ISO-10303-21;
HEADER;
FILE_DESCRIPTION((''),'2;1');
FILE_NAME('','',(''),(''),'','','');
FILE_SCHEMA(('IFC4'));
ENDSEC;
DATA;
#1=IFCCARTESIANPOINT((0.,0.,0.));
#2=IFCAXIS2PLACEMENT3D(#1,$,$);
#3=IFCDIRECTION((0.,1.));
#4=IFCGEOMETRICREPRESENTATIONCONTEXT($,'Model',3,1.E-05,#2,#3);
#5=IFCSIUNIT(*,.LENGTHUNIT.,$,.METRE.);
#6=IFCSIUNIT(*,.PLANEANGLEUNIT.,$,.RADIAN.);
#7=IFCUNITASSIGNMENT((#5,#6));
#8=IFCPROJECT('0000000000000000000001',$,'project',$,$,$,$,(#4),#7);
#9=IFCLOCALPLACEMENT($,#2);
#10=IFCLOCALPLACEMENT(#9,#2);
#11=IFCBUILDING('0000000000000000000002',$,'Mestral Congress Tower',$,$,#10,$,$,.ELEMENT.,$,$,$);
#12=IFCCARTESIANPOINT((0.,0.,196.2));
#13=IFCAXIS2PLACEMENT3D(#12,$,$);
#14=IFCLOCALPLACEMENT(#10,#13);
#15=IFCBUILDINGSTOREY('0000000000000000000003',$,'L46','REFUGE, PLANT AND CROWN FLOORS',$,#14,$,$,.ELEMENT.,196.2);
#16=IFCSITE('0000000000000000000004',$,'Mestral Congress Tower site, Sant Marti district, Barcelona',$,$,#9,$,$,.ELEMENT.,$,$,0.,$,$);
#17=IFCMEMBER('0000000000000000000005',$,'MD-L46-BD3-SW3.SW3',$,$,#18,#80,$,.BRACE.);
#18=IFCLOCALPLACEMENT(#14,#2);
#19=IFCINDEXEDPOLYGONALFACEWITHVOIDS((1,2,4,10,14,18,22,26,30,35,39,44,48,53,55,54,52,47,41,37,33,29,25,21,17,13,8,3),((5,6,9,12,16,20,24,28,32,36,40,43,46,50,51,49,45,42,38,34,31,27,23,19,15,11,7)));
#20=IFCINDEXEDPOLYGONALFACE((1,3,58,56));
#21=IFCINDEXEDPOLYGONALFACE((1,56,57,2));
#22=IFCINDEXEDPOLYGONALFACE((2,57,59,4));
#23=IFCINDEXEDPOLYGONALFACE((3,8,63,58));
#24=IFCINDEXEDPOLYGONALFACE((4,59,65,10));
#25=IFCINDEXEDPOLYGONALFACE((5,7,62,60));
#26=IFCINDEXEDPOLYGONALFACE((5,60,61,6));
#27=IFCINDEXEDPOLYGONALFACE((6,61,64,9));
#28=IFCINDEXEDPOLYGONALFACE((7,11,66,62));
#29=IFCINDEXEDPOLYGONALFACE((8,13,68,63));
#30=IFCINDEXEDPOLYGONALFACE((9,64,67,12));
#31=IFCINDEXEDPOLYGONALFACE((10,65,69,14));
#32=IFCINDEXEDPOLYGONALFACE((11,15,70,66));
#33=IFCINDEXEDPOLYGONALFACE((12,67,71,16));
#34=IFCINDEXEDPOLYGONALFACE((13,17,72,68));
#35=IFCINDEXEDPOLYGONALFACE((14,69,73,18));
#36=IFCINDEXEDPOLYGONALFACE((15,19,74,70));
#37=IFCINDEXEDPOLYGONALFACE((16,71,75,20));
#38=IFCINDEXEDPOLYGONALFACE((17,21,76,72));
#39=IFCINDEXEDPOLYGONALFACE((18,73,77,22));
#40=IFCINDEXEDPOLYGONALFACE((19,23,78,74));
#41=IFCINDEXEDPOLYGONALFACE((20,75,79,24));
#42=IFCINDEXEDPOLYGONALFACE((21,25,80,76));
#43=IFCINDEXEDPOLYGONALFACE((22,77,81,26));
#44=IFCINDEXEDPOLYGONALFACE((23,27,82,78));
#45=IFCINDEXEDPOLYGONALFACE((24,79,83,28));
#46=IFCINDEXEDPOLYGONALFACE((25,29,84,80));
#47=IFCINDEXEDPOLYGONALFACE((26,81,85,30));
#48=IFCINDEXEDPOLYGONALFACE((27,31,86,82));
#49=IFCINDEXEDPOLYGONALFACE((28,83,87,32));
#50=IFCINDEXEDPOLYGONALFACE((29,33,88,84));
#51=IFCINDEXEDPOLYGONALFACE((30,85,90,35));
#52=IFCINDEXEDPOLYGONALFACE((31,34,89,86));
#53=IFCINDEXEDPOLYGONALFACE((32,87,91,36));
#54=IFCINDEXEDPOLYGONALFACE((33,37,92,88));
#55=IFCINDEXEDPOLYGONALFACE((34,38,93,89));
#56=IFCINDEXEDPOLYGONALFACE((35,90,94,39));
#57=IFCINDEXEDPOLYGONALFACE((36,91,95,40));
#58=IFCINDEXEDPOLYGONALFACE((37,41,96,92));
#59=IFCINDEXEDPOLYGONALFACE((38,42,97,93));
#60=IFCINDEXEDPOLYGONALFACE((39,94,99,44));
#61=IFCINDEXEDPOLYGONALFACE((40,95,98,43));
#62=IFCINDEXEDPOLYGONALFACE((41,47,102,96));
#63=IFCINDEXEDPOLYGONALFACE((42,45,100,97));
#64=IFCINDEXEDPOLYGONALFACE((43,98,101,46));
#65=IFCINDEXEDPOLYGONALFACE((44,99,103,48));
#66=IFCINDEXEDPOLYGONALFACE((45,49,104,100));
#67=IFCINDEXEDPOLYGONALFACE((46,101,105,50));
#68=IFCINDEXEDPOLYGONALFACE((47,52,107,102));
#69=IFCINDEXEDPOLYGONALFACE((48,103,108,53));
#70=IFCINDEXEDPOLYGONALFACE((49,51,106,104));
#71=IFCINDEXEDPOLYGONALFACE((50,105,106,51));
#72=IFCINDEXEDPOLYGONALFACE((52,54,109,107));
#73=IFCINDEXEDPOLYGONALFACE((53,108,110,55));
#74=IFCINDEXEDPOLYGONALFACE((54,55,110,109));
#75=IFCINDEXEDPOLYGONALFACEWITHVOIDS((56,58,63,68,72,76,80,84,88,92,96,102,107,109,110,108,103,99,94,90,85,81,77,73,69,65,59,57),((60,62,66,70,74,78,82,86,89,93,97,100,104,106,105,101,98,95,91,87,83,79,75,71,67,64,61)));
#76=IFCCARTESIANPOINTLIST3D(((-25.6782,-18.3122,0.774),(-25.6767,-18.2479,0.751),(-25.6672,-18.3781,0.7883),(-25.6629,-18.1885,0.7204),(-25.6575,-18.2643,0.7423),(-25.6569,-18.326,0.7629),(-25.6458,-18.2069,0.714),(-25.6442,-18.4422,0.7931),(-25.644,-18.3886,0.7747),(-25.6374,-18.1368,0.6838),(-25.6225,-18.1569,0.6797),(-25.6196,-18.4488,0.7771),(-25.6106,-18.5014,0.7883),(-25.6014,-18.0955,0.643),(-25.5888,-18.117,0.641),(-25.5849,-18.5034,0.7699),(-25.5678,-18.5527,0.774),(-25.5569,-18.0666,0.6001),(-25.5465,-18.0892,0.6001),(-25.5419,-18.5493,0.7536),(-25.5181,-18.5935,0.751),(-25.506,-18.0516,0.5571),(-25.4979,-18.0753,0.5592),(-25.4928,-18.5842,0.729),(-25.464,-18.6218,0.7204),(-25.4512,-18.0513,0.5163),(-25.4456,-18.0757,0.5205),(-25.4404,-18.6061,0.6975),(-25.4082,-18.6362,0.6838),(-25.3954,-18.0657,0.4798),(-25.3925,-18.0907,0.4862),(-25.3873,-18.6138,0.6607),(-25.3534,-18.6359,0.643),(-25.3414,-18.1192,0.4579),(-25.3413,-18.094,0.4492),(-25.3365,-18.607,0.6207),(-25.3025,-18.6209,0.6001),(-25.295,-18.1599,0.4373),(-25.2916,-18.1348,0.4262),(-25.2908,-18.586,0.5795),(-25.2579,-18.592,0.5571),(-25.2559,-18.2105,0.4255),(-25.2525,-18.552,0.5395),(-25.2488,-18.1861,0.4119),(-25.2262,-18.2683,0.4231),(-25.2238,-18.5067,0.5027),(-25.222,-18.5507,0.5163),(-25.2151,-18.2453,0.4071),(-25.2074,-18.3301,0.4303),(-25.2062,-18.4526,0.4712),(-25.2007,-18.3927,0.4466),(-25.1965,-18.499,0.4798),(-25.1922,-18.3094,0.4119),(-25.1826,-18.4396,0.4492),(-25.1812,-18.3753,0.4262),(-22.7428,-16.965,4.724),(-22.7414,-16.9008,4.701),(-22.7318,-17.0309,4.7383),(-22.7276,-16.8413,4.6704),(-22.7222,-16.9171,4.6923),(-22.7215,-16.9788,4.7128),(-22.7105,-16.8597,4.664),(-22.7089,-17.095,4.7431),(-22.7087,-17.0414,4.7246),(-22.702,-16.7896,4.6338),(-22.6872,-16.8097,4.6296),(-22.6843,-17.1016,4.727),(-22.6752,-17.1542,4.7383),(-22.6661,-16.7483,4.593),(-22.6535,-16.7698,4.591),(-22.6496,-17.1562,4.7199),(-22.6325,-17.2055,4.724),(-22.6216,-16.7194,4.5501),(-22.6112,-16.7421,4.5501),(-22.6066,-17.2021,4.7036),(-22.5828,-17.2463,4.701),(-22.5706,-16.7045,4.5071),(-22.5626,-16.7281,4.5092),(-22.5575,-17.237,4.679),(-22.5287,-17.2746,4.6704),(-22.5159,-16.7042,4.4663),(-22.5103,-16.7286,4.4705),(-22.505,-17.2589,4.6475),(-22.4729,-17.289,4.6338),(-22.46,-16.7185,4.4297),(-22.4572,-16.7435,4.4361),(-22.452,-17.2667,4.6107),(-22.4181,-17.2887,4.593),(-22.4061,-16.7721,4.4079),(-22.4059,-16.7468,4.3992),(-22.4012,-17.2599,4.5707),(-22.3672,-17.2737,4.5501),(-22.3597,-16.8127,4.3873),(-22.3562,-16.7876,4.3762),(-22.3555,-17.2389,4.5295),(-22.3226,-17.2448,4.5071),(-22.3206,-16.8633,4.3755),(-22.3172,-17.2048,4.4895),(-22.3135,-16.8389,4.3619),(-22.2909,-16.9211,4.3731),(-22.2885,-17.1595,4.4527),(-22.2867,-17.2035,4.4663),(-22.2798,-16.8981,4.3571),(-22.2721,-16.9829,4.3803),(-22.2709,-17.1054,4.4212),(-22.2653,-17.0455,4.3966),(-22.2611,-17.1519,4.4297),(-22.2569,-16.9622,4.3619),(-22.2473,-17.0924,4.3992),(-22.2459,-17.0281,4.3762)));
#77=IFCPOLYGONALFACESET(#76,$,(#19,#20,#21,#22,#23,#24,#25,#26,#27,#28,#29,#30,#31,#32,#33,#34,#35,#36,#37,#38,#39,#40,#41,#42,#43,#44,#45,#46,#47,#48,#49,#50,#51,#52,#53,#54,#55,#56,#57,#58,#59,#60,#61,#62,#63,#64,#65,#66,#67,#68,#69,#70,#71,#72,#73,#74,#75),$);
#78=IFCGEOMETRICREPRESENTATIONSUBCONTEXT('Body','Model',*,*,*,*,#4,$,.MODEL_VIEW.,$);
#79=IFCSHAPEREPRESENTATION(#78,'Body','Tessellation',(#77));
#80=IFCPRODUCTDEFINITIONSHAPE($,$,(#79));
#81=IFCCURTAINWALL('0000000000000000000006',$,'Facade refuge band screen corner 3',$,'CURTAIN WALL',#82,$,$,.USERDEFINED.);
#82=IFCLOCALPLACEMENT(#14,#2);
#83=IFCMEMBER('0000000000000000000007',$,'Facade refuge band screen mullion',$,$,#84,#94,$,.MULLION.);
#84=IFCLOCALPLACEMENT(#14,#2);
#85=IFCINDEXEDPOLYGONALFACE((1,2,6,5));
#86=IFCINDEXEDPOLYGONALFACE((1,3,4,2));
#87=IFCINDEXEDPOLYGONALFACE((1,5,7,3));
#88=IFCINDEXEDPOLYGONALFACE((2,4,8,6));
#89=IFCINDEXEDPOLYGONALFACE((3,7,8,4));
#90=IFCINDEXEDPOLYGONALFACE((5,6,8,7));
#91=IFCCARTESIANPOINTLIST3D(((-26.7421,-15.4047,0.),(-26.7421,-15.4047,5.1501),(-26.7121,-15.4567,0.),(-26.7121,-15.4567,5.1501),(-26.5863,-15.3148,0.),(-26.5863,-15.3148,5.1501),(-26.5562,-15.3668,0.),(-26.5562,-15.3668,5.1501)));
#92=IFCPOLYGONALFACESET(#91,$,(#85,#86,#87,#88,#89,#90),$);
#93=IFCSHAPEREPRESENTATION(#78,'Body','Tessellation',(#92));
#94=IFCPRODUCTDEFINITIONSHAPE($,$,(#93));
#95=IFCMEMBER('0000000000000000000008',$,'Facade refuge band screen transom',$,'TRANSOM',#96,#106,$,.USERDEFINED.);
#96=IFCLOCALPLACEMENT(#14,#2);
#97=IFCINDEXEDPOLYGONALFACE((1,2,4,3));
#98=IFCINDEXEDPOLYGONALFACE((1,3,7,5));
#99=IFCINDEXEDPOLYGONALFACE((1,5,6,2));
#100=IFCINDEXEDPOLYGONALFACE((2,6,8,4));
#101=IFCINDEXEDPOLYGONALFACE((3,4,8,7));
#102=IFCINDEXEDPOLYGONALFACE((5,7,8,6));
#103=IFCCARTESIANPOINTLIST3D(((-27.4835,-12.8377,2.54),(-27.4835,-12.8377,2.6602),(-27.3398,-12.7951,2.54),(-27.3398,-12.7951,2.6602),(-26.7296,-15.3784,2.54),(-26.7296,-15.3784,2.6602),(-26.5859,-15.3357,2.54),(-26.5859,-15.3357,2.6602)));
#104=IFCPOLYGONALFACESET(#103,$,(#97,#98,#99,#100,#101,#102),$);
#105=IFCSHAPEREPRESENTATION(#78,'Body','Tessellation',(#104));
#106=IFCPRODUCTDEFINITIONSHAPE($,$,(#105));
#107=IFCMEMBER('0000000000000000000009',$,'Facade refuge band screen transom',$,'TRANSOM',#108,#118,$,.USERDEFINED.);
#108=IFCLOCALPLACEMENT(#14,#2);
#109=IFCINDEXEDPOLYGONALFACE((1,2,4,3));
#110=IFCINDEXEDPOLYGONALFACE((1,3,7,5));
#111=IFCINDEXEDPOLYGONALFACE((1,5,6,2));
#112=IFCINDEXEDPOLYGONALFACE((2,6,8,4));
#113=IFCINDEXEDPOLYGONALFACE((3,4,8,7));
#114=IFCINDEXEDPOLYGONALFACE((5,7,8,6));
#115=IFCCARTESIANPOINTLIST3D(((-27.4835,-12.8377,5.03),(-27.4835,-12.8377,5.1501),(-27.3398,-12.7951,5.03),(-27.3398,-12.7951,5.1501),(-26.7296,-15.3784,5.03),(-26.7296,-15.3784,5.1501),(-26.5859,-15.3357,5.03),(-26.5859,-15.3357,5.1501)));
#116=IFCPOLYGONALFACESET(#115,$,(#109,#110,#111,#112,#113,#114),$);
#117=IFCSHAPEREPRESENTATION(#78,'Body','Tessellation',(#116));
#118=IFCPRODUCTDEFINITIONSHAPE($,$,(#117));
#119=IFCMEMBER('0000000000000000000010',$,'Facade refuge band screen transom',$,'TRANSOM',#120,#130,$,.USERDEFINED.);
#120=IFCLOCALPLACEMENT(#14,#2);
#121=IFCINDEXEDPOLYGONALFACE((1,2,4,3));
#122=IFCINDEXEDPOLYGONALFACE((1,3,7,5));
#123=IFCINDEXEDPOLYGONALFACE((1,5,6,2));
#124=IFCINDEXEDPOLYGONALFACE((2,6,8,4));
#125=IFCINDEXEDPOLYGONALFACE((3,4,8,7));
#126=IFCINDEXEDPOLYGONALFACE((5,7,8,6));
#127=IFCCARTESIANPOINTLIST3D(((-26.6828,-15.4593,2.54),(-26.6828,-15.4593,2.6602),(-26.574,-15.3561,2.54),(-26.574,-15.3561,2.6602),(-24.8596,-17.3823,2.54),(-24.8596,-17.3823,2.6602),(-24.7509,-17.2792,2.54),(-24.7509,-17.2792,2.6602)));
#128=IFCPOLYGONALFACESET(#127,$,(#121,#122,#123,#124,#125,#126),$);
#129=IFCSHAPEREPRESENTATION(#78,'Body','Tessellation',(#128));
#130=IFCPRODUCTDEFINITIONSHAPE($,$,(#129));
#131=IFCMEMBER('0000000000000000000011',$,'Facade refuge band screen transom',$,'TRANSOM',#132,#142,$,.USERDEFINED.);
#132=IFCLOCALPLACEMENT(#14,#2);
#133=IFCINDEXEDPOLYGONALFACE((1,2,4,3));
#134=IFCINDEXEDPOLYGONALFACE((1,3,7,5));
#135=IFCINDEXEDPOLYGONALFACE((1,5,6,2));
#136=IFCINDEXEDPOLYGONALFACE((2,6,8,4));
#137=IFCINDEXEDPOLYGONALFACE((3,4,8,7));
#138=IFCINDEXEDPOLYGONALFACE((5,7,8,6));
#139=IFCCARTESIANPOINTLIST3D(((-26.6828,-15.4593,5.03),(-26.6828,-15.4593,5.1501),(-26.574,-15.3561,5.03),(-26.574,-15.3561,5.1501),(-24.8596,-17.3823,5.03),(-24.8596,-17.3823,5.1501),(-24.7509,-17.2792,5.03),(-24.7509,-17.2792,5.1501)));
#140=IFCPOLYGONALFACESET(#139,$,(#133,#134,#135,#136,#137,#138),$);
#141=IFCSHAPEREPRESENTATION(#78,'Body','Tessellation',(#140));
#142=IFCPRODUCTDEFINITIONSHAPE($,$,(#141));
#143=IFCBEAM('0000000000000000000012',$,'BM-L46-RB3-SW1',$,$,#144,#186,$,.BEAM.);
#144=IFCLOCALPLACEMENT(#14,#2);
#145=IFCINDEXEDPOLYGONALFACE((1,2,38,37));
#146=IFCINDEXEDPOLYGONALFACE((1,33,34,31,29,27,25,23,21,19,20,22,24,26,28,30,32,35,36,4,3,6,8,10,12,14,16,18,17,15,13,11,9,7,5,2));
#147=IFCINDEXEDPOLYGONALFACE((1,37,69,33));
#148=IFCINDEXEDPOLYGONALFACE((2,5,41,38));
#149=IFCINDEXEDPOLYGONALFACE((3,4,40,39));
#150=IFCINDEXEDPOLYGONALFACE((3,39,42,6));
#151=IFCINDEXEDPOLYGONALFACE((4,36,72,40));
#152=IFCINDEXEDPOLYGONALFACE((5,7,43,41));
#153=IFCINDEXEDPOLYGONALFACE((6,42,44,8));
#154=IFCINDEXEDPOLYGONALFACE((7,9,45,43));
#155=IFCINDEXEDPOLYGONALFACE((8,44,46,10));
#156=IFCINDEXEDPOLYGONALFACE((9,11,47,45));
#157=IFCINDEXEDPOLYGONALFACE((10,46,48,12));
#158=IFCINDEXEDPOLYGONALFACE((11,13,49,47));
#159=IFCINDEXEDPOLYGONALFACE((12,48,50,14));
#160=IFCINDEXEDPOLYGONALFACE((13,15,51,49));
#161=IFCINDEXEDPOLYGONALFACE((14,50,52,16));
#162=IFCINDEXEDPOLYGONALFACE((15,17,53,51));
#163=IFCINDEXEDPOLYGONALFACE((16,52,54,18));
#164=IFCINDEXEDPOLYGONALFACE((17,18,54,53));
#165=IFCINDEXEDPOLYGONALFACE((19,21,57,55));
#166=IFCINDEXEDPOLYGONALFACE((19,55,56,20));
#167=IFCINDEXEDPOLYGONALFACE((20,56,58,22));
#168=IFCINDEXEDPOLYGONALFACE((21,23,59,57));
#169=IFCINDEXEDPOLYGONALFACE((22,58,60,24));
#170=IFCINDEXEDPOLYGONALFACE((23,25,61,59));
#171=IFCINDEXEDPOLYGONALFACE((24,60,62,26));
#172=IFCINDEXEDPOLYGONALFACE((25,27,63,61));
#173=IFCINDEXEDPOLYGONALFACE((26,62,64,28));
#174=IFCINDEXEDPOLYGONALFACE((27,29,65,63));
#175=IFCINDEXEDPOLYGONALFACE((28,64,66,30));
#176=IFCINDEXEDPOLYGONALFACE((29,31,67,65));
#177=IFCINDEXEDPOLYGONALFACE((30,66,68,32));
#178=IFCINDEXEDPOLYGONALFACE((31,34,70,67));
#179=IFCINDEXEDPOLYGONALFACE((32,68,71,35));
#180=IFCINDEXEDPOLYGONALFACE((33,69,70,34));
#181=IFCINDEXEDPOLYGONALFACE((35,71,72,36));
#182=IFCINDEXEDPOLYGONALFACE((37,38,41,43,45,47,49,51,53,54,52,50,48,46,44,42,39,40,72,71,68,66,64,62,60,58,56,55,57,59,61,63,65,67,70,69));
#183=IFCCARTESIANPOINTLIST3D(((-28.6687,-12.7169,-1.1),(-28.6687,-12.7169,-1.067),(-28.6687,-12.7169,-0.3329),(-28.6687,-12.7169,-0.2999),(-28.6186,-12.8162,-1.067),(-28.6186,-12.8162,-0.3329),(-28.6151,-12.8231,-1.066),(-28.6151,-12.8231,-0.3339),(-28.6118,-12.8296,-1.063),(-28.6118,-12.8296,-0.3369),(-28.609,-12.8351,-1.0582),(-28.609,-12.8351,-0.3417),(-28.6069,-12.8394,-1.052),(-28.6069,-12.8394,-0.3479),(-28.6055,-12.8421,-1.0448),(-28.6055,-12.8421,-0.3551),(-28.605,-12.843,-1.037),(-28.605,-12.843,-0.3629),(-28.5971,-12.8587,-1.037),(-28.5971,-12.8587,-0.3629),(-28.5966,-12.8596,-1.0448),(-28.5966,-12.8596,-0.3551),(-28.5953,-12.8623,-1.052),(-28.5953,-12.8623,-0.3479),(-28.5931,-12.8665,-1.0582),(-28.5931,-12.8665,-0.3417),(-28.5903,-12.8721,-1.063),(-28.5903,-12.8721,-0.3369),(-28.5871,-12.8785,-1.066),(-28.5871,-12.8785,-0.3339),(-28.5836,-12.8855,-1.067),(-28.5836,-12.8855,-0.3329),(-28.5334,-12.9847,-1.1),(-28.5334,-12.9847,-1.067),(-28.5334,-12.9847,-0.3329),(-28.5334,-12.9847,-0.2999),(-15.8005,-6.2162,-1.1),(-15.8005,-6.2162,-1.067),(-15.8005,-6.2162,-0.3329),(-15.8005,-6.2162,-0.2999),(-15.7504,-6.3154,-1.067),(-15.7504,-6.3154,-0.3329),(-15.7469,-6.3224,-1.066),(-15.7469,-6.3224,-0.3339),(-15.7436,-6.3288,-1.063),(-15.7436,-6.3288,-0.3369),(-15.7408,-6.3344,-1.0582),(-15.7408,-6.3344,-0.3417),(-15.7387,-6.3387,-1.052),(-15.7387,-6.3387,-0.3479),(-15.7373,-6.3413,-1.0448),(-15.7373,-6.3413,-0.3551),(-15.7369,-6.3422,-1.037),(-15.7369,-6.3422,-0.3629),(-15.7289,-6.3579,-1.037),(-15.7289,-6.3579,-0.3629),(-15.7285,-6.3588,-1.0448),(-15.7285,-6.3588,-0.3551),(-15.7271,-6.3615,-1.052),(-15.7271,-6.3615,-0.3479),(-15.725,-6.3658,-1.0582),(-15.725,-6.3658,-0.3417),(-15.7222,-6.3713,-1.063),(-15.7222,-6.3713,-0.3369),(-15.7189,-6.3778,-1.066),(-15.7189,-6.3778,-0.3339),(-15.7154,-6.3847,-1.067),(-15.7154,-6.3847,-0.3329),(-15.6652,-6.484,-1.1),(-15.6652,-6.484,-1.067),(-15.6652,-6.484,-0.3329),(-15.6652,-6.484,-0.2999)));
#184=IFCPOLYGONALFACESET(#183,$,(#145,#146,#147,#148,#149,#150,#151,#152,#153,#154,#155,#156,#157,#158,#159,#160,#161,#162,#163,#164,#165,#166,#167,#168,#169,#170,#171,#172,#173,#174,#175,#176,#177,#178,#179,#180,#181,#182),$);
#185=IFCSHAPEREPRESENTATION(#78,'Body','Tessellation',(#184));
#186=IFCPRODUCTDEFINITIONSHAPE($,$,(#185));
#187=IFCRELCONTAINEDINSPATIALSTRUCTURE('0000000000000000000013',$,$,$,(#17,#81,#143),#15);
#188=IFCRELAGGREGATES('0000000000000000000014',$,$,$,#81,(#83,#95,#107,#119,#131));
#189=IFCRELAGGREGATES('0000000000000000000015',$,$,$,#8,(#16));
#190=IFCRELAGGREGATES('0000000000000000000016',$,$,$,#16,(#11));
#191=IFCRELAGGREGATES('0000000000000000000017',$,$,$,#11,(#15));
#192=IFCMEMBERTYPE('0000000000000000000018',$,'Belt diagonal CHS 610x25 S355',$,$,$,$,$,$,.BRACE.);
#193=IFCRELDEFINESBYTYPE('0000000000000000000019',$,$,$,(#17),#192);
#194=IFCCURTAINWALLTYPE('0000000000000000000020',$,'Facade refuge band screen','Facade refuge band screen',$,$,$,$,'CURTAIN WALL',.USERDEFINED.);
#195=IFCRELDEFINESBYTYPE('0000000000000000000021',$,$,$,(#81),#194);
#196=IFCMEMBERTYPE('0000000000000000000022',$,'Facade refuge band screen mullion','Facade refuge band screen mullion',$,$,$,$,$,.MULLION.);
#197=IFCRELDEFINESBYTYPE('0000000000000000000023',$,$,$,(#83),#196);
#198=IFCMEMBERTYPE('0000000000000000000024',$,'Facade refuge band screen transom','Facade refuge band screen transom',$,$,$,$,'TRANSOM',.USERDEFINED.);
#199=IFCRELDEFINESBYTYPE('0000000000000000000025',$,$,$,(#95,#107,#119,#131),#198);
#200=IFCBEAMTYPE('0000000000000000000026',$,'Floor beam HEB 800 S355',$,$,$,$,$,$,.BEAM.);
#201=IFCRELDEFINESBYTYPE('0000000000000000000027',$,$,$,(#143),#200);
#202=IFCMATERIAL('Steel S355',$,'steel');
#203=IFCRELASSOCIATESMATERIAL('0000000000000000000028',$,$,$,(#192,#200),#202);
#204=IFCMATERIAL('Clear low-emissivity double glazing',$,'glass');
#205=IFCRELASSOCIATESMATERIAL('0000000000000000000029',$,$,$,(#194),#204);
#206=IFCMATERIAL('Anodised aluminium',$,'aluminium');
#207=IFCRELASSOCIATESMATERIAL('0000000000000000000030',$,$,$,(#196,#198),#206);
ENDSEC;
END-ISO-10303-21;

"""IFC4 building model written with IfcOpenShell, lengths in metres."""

from ifc_helpers import new_model, si_unit, direction, frame, origin, origin_2d, place, context, subcontext, project, spatial, rectangle, hollow_circle, i_section, extrude, material, material_profile, profile_set, type_object, element, aggregate, save


model = new_model("IFC4")

# Units and contexts
model_context = context("Model", 3, precision=1e-05, world=origin(), true_north=direction((0.0, 1.0)))
body_context = subcontext(model_context, "Body", "Model", "MODEL_VIEW")
ifc_project = project(units=[si_unit("LENGTHUNIT", "METRE"), si_unit("PLANEANGLEUNIT", "RADIAN")], contexts=[model_context])

# Site, building, storey
site_placement = place(None, origin())
site = spatial("IfcSite", under=ifc_project, at=site_placement, Name="Mestral Congress Tower site, Sant Marti district, Barcelona", CompositionType="ELEMENT", RefElevation=0.0)
building_placement = place(site_placement, origin())
building = spatial("IfcBuilding", under=site, at=building_placement, Name="Mestral Congress Tower", CompositionType="ELEMENT")
storey_placement = place(building_placement, frame((0.0, 0.0, 196.2)))
storey = spatial("IfcBuildingStorey", under=building, at=storey_placement, Name="L46", Description="REFUGE, PLANT AND CROWN FLOORS", CompositionType="ELEMENT", Elevation=196.2)

# Member
ifc_material_1 = material(Name="Steel S355", Category="steel")
ifc_material_profile_1 = material_profile(ifc_material_1, hollow_circle(Radius=0.3049, WallThickness=0.0249, at=origin_2d()), Name="CHS 610x25")
ifc_profile_set_1 = profile_set([ifc_material_profile_1], Name="Steel S355")
member_type_1 = type_object("IfcMemberType", Name="Belt diagonal CHS 610x25 S355", PredefinedType="BRACE", material=ifc_profile_set_1)
member_1_placement = place(storey_placement, frame((-25.4297, -18.3438, 0.6001), z_axis=(0.575295, 0.264034, 0.774158), x_axis=(-0.417121, 0.908851, 0.0)))
element("IfcMember", 1, at=member_1_placement, inside=storey, type_object=member_type_1, Name="MD-L46-BD3-SW3.SW3", PredefinedType="BRACE", context=body_context, shape_type="SweptSolid", body=[
    extrude(hollow_circle(Radius=0.3049, WallThickness=0.0249, at=origin_2d()), origin(), (0.0, 0.0, 1.0), 5.1023),
])

# Curtain wall, members
ifc_material_2 = material(Name="Clear low-emissivity double glazing", Category="glass")
curtain_wall_type = type_object("IfcCurtainWallType", Name="Facade refuge band screen", Description="Facade refuge band screen", ElementType="CURTAIN WALL", PredefinedType="USERDEFINED", material=ifc_material_2)
curtain_wall_placement = place(storey_placement, origin())
curtain_wall = element("IfcCurtainWall", 2, at=curtain_wall_placement, inside=storey, type_object=curtain_wall_type, Name="Facade refuge band screen corner 3", ObjectType="CURTAIN WALL", PredefinedType="USERDEFINED")
ifc_material_3 = material(Name="Anodised aluminium", Category="aluminium")
ifc_material_profile_2 = material_profile(ifc_material_3, rectangle(XDim=0.1799, YDim=0.0601, at=origin_2d()), Name="CW3 mullion 180 x 60")
ifc_profile_set_2 = profile_set([ifc_material_profile_2], Name="Anodised aluminium")
member_type_2 = type_object("IfcMemberType", Name="Facade refuge band screen mullion", Description="Facade refuge band screen mullion", PredefinedType="MULLION", material=ifc_profile_set_2)
member_2_placement = place(storey_placement, frame((-26.6492, -15.3857, 0.0), z_axis=(0.0, 0.0, 1.0), x_axis=(-0.866025, -0.5, 0.0)))
member_2 = element("IfcMember", 3, at=member_2_placement, type_object=member_type_2, Name="Facade refuge band screen mullion", PredefinedType="MULLION", context=body_context, shape_type="SweptSolid", body=[
    extrude(rectangle(XDim=0.1799, YDim=0.0601, at=origin_2d()), origin(), (0.0, 0.0, 1.0), 5.1501),
])
ifc_material_profile_3 = material_profile(ifc_material_3, rectangle(XDim=0.1499, YDim=0.1201, at=origin_2d()), Name="CW3 transom 150 x 120")
ifc_profile_set_3 = profile_set([ifc_material_profile_3], Name="Anodised aluminium")
member_type_3 = type_object("IfcMemberType", Name="Facade refuge band screen transom", Description="Facade refuge band screen transom", ElementType="TRANSOM", PredefinedType="USERDEFINED", material=ifc_profile_set_3)
member_3_placement = place(storey_placement, frame((-27.4116, -12.8164, 2.6001), z_axis=(0.284465, -0.958687, 0.0), x_axis=(0.958687, 0.284465, 0.0)))
member_3 = element("IfcMember", 4, at=member_3_placement, type_object=member_type_3, Name="Facade refuge band screen transom", ObjectType="TRANSOM", PredefinedType="USERDEFINED", context=body_context, shape_type="SweptSolid", body=[
    extrude(rectangle(XDim=0.1499, YDim=0.1201, at=origin_2d()), origin(), (0.0, 0.0, 1.0), 2.6501),
])
member_4_placement = place(storey_placement, frame((-27.4116, -12.8164, 5.0901), z_axis=(0.284465, -0.958687, 0.0), x_axis=(0.958687, 0.284465, 0.0)))
member_4 = element("IfcMember", 5, at=member_4_placement, type_object=member_type_3, Name="Facade refuge band screen transom", ObjectType="TRANSOM", PredefinedType="USERDEFINED", context=body_context, shape_type="SweptSolid", body=[
    extrude(rectangle(XDim=0.1499, YDim=0.1201, at=origin_2d()), origin(), (0.0, 0.0, 1.0), 2.6501),
])
member_5_placement = place(storey_placement, frame((-26.6284, -15.4077, 2.6001), z_axis=(0.688015, -0.725696, 0.0), x_axis=(0.725696, 0.688015, 0.0)))
member_5 = element("IfcMember", 6, at=member_5_placement, type_object=member_type_3, Name="Facade refuge band screen transom", ObjectType="TRANSOM", PredefinedType="USERDEFINED", context=body_context, shape_type="SweptSolid", body=[
    extrude(rectangle(XDim=0.1499, YDim=0.1201, at=origin_2d()), origin(), (0.0, 0.0, 1.0), 2.6499),
])
member_6_placement = place(storey_placement, frame((-26.6284, -15.4077, 5.0901), z_axis=(0.688015, -0.725696, 0.0), x_axis=(0.725696, 0.688015, 0.0)))
member_6 = element("IfcMember", 7, at=member_6_placement, type_object=member_type_3, Name="Facade refuge band screen transom", ObjectType="TRANSOM", PredefinedType="USERDEFINED", context=body_context, shape_type="SweptSolid", body=[
    extrude(rectangle(XDim=0.1499, YDim=0.1201, at=origin_2d()), origin(), (0.0, 0.0, 1.0), 2.6499),
])

# Beam
ifc_material_profile_4 = material_profile(ifc_material_1, i_section(OverallWidth=0.3, OverallDepth=0.8, WebThickness=0.0176, FlangeThickness=0.033, FilletRadius=0.03, at=origin_2d()), Name="HEB 800")
ifc_profile_set_4 = profile_set([ifc_material_profile_4], Name="Steel S355")
beam_type_1 = type_object("IfcBeamType", Name="Floor beam HEB 800 S355", PredefinedType="BEAM", material=ifc_profile_set_4)
beam_1_placement = place(storey_placement, frame((-28.6011, -12.8508, -0.7), z_axis=(0.89257, 0.450908, 0.0), x_axis=(-0.450908, 0.89257, 0.0)))
element("IfcBeam", 8, at=beam_1_placement, inside=storey, type_object=beam_type_1, Name="BM-L46-RB3-SW1", PredefinedType="BEAM", context=body_context, shape_type="SweptSolid", body=[
    extrude(i_section(OverallWidth=0.3, OverallDepth=0.8, WebThickness=0.0176, FlangeThickness=0.033, FilletRadius=0.03, at=origin_2d()), origin(), (0.0, 0.0, 1.0), 14.417),
])

aggregate(curtain_wall, [member_2, member_3, member_4, member_5, member_6])

save(model, "model.ifc")
